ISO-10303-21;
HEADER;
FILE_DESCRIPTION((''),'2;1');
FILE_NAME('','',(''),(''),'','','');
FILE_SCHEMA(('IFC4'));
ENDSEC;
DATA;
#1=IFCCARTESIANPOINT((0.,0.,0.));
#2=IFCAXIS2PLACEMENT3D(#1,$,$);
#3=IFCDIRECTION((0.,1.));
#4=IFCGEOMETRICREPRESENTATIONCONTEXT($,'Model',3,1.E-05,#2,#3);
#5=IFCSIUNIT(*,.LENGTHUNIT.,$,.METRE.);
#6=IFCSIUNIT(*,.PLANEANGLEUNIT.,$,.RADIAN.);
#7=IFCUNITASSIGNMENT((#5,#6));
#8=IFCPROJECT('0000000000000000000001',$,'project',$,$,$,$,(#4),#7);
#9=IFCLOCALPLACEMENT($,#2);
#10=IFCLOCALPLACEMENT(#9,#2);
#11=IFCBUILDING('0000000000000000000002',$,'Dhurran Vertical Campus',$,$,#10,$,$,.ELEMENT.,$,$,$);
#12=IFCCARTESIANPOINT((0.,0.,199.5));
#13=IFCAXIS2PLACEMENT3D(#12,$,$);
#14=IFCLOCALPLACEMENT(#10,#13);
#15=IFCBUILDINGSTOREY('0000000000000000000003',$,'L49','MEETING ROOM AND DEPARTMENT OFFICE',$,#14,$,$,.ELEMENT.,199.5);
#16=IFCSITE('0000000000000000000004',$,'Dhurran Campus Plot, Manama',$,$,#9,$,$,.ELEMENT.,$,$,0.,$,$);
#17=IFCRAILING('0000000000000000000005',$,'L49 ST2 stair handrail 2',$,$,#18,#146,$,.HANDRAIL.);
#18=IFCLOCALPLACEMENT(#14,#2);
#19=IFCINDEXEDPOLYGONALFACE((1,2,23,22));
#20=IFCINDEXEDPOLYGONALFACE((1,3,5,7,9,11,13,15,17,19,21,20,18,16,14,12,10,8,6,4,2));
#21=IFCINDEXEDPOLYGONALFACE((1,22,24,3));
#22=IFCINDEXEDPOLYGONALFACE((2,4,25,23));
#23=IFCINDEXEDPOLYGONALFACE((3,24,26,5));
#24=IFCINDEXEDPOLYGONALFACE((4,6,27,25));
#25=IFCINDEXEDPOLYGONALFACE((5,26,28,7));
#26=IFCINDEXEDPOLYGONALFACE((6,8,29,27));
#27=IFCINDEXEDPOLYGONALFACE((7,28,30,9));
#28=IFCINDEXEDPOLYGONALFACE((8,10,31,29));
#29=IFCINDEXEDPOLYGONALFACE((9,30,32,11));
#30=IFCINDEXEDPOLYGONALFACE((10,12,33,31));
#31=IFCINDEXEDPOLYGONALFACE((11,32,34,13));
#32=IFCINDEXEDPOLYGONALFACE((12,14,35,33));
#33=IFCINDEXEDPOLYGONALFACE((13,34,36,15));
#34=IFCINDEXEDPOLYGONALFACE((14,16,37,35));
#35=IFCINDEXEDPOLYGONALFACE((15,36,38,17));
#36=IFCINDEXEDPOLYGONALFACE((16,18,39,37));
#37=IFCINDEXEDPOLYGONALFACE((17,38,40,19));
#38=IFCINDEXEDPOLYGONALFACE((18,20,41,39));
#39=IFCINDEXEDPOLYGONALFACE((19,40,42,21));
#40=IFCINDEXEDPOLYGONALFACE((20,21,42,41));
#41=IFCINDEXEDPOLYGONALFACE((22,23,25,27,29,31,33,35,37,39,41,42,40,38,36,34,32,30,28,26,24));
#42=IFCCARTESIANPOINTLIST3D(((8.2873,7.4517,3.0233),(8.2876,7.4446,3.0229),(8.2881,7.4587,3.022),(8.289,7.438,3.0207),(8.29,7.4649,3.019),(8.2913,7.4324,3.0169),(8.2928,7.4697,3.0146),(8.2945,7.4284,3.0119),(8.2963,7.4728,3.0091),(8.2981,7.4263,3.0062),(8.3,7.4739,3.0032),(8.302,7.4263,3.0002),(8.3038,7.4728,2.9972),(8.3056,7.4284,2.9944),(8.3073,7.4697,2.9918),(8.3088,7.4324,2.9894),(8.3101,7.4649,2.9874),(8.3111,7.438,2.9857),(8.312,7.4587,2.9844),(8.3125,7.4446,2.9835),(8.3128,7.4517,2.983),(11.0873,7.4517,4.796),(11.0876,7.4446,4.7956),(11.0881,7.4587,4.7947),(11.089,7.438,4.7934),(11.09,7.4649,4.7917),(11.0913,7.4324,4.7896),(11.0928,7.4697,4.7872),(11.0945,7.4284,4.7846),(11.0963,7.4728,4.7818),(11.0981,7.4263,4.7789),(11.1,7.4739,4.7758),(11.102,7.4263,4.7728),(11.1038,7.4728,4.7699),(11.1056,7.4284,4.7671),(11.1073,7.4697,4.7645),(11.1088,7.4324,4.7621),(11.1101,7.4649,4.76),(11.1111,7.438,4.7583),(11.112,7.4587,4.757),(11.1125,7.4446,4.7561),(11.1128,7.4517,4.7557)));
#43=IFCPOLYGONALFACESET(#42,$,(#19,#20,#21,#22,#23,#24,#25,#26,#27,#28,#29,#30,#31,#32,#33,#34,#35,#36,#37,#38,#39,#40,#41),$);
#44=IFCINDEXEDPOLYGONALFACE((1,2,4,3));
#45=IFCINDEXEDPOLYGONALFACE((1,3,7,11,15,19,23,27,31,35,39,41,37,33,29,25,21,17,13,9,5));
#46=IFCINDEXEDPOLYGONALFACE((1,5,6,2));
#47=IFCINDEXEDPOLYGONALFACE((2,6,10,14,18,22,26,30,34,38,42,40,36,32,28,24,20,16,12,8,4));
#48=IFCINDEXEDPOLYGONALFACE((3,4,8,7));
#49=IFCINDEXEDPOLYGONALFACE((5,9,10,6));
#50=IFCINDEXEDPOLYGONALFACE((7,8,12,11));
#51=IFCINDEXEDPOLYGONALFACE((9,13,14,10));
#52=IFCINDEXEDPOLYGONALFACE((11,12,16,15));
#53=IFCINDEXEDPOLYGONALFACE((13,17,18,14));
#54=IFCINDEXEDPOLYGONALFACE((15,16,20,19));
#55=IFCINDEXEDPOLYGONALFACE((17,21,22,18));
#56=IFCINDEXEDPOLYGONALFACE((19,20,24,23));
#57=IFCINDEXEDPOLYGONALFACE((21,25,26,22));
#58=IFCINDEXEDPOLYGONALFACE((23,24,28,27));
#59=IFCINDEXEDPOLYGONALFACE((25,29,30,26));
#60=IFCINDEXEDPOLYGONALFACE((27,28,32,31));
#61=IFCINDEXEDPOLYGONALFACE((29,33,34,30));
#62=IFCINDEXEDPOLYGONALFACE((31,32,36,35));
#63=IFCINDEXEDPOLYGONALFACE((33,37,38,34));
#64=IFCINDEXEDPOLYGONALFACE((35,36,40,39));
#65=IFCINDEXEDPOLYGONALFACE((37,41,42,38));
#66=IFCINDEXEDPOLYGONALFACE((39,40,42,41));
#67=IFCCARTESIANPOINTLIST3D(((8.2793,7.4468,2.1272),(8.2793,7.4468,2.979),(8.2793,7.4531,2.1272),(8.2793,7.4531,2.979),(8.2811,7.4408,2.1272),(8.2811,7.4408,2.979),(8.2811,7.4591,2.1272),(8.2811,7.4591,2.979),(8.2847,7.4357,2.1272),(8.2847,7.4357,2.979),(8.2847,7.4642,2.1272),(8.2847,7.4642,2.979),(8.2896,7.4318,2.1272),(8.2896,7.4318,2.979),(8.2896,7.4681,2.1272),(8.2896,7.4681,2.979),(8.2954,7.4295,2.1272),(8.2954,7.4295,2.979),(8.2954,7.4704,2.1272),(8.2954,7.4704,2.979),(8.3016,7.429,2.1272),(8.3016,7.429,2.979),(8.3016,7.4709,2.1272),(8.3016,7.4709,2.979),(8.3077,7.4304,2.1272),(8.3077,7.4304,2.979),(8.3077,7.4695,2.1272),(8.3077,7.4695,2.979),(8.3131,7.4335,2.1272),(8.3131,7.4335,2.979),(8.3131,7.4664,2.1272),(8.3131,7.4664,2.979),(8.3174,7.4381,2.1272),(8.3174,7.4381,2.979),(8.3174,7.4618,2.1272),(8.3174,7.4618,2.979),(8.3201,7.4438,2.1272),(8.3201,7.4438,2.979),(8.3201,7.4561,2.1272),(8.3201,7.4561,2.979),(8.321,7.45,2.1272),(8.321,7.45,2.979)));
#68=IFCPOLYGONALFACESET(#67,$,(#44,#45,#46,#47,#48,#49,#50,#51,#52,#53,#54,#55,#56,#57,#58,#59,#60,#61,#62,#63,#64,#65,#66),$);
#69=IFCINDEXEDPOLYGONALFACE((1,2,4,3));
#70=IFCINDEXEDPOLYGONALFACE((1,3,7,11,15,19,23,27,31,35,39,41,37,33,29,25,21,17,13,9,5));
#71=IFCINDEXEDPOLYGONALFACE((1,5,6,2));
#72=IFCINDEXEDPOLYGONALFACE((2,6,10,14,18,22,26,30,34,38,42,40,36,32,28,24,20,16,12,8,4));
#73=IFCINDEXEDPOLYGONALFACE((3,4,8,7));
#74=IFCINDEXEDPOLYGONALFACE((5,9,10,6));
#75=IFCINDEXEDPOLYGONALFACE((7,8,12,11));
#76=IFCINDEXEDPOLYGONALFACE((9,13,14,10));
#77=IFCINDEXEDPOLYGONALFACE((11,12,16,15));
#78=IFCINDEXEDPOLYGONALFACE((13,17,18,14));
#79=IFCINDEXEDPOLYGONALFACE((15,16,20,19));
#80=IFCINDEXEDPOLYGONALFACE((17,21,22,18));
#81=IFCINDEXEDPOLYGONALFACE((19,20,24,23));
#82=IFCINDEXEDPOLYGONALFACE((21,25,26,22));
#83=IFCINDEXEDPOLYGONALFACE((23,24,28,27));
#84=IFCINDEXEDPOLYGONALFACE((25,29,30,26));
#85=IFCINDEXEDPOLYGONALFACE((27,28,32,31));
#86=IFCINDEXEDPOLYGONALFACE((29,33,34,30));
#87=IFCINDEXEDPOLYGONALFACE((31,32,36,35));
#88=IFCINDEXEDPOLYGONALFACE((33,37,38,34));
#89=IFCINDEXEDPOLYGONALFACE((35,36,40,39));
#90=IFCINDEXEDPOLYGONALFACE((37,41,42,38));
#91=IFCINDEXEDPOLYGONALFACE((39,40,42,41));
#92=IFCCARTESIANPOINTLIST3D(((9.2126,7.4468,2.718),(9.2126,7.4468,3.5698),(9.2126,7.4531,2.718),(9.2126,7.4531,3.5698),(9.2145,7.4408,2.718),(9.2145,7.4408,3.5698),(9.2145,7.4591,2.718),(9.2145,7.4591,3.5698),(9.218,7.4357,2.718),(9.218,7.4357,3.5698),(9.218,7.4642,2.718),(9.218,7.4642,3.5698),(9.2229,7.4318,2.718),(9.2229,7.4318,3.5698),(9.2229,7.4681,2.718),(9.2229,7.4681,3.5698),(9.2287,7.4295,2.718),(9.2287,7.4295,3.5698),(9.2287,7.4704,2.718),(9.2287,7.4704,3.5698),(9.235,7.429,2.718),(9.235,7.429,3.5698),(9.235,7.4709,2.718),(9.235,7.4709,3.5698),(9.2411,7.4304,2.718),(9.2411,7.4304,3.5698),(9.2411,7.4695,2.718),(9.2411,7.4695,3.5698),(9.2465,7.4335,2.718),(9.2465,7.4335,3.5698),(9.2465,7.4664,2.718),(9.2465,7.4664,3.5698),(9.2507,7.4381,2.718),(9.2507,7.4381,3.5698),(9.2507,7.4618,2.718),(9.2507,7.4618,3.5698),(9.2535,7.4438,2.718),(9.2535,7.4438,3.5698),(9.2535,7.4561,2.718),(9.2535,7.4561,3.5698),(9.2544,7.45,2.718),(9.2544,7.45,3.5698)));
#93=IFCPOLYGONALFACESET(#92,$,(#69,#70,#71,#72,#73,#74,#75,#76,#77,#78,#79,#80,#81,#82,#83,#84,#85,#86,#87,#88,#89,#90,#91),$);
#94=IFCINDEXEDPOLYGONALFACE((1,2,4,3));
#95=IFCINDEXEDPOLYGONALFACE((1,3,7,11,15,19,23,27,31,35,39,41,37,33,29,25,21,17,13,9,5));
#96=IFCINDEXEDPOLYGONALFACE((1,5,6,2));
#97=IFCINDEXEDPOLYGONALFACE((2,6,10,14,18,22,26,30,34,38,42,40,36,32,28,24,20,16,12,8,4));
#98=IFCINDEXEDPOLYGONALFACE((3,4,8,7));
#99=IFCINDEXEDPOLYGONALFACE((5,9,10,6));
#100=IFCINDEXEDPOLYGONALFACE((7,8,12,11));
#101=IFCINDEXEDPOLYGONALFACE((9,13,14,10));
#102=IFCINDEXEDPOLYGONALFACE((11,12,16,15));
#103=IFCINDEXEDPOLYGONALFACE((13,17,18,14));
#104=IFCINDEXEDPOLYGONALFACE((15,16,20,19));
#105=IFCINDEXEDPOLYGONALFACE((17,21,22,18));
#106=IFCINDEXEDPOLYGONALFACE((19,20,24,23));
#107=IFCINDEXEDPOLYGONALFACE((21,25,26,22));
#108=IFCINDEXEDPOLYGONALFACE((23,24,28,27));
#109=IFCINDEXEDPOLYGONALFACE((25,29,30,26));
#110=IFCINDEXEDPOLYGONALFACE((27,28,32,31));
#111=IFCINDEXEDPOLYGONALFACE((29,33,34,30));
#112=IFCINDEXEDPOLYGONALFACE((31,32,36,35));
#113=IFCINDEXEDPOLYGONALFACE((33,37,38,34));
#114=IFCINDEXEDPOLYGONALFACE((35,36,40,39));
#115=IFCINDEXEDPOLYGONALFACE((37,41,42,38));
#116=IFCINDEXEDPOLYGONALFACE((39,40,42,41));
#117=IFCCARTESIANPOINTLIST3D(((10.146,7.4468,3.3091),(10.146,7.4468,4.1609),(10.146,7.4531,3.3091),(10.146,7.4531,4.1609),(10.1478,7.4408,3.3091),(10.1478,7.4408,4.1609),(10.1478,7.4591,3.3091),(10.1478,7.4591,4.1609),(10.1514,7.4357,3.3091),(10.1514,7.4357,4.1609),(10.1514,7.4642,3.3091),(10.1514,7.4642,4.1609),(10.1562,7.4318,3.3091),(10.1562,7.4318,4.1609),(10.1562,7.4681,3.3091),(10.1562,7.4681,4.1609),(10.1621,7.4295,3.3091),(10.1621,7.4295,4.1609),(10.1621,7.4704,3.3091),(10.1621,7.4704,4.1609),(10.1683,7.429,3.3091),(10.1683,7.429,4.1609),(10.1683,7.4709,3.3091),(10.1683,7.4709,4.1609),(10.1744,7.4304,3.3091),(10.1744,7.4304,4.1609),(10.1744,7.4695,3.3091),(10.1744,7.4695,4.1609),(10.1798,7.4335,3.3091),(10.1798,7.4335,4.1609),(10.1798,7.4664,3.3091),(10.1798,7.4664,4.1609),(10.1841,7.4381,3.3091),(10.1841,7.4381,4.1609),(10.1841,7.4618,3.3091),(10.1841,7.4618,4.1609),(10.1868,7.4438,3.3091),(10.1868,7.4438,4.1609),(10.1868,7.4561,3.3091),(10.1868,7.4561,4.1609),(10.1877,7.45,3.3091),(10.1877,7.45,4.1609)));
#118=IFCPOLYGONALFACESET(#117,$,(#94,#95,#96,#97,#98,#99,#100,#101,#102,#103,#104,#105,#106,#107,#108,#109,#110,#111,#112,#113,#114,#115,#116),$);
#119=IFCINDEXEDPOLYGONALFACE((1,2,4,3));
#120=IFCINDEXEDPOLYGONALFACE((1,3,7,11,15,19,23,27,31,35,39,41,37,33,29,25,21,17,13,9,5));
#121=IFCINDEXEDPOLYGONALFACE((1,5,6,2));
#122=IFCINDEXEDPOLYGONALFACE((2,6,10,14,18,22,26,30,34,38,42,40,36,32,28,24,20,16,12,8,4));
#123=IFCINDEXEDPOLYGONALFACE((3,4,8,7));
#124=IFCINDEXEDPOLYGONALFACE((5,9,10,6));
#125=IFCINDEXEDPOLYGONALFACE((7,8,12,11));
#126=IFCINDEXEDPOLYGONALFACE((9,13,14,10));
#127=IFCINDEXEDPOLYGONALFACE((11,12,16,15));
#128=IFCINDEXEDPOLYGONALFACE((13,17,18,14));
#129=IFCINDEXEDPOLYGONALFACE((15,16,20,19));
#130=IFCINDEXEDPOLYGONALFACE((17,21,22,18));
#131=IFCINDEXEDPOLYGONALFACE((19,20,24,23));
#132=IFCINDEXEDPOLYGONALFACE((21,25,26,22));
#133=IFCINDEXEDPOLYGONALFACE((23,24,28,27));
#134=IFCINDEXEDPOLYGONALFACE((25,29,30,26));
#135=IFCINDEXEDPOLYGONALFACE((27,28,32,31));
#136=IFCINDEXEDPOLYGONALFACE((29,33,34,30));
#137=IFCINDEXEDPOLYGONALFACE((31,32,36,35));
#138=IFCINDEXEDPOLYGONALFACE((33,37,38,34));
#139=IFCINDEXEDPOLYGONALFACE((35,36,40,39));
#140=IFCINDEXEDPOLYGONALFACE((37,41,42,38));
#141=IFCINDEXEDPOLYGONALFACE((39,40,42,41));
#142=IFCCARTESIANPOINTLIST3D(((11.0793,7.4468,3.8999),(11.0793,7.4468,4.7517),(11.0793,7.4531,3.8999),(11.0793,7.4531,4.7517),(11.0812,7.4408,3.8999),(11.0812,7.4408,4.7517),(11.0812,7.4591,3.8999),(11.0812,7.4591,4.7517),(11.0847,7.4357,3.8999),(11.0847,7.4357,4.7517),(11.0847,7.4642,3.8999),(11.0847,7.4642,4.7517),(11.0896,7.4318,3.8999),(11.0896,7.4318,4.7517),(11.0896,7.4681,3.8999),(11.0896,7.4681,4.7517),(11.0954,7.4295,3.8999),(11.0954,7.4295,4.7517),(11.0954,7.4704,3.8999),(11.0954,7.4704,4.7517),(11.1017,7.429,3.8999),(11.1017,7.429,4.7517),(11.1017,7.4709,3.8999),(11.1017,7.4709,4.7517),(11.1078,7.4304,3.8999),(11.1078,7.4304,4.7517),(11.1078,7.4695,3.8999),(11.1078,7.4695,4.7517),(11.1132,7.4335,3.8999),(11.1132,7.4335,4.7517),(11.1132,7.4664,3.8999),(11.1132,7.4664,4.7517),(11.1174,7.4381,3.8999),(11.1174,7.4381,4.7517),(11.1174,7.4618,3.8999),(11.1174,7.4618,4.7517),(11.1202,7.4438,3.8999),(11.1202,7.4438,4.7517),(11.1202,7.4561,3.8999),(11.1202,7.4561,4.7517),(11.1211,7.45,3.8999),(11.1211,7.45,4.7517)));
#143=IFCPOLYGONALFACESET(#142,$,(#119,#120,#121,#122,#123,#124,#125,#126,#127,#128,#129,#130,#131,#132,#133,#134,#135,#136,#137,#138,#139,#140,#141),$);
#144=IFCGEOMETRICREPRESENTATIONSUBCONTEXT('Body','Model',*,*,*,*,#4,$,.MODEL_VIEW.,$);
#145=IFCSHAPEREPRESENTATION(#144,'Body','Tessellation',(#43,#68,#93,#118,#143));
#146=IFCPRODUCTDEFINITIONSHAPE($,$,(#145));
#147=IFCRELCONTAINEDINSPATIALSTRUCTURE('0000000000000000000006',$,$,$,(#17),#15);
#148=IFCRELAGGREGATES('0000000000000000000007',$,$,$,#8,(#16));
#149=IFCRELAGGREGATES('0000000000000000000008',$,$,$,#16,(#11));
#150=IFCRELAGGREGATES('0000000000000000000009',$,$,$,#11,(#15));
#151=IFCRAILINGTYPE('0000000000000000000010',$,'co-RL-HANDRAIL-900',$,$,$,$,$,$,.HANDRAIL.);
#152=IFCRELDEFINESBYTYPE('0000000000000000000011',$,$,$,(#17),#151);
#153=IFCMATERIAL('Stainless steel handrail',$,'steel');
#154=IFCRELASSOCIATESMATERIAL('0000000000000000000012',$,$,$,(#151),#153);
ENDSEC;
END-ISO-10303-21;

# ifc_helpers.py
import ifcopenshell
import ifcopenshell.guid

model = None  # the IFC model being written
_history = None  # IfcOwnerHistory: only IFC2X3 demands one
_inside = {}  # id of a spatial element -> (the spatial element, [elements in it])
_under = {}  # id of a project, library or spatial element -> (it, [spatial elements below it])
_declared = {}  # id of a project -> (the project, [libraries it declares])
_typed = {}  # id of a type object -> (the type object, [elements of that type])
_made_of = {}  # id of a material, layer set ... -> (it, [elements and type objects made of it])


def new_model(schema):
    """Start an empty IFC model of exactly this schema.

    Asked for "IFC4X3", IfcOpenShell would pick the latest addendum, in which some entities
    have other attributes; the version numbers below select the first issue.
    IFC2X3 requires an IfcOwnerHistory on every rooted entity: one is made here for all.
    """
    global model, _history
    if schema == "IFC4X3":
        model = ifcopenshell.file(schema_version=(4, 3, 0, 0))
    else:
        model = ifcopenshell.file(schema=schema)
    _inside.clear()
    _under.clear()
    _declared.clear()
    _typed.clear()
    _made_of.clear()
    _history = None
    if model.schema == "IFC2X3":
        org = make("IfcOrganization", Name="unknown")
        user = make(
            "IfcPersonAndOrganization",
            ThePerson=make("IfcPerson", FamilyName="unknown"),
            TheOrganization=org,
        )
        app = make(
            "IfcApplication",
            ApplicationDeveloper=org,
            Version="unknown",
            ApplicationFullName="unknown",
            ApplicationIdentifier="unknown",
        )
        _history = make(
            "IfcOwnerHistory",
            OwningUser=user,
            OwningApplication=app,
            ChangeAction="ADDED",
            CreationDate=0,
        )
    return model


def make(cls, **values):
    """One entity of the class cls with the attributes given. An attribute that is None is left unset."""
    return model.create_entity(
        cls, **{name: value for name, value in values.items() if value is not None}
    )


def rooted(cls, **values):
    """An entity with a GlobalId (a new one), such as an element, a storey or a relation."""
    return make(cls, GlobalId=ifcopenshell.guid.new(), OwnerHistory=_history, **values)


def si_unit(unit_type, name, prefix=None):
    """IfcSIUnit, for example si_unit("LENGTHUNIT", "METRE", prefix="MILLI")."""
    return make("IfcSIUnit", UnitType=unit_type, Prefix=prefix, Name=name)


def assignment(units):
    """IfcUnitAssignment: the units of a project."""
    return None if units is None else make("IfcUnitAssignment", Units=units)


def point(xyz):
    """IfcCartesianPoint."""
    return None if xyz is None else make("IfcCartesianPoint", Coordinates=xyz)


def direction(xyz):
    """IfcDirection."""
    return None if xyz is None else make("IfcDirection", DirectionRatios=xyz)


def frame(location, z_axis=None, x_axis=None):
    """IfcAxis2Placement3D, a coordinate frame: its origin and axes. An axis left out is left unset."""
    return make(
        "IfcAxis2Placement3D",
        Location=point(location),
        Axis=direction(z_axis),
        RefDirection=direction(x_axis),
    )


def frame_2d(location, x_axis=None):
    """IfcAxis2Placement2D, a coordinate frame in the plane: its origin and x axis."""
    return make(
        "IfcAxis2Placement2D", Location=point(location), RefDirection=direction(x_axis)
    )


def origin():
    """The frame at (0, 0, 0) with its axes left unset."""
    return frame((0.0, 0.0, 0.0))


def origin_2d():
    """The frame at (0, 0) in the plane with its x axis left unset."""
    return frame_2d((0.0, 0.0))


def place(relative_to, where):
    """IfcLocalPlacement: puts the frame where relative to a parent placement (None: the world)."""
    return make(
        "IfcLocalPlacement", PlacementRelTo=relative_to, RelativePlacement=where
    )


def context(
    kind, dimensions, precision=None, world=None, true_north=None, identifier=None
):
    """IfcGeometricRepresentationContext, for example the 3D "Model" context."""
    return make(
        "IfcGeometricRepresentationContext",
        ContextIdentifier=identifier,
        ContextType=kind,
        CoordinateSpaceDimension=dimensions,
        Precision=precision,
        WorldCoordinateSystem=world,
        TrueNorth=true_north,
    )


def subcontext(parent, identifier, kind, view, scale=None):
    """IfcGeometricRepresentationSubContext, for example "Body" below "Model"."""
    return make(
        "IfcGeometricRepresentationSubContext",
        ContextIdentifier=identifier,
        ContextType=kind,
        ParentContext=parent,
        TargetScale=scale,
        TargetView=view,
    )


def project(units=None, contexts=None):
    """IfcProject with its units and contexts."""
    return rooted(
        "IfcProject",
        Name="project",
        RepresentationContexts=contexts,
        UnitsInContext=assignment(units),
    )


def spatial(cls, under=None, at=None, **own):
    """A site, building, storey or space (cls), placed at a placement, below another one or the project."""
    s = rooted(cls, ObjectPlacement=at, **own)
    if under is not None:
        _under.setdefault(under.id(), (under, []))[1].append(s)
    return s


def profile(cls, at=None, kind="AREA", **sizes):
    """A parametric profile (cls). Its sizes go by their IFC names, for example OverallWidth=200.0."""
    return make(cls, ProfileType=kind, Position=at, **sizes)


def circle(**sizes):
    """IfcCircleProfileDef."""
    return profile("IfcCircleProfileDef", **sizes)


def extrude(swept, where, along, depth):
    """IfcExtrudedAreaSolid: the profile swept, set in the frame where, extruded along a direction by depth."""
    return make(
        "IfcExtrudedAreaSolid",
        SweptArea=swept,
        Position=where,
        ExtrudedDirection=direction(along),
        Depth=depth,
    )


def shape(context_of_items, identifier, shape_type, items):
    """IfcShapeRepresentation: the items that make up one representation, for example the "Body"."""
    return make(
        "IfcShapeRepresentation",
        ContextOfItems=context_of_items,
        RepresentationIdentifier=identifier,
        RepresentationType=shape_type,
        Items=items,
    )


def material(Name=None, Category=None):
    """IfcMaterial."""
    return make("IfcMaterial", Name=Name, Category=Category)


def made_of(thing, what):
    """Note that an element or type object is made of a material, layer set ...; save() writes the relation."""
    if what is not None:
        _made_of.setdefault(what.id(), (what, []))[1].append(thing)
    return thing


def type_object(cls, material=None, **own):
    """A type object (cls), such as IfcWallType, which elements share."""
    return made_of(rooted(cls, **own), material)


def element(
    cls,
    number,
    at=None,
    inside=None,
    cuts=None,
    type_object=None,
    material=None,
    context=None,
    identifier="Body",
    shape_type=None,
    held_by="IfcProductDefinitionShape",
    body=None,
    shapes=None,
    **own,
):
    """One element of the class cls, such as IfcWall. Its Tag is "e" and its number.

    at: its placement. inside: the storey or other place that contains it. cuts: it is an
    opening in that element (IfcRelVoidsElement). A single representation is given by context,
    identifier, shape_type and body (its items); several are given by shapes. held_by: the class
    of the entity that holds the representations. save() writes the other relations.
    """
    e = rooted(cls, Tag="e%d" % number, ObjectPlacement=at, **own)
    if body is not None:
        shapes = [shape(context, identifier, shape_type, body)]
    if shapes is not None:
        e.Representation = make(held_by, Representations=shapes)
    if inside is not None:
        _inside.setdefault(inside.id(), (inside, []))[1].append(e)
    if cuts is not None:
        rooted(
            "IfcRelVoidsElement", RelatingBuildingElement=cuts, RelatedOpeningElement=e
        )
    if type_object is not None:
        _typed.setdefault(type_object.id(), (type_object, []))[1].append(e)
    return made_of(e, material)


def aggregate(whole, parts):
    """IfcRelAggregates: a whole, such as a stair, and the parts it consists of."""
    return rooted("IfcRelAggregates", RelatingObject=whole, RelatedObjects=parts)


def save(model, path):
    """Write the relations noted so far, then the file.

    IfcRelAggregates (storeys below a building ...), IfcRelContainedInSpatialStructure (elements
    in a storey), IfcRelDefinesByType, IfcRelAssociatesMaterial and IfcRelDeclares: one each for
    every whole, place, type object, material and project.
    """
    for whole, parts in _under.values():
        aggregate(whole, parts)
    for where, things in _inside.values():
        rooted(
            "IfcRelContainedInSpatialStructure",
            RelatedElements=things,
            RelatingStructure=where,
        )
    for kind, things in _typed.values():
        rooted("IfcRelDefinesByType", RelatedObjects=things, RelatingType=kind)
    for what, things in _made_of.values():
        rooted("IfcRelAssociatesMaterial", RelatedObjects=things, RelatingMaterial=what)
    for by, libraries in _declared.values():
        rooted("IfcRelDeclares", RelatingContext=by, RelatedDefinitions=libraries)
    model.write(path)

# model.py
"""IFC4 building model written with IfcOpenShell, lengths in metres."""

from ifc_helpers import new_model, si_unit, direction, frame, origin, origin_2d, place, context, subcontext, project, spatial, circle, extrude, material, type_object, element, save


model = new_model("IFC4")

# Units and contexts
model_context = context("Model", 3, precision=1e-05, world=origin(), true_north=direction((0.0, 1.0)))
body_context = subcontext(model_context, "Body", "Model", "MODEL_VIEW")
ifc_project = project(units=[si_unit("LENGTHUNIT", "METRE"), si_unit("PLANEANGLEUNIT", "RADIAN")], contexts=[model_context])

# Site, building, storey
site_placement = place(None, origin())
site = spatial("IfcSite", under=ifc_project, at=site_placement, Name="Dhurran Campus Plot, Manama", CompositionType="ELEMENT", RefElevation=0.0)
building_placement = place(site_placement, origin())
building = spatial("IfcBuilding", under=site, at=building_placement, Name="Dhurran Vertical Campus", CompositionType="ELEMENT")
storey_placement = place(building_placement, frame((0.0, 0.0, 199.5)))
storey = spatial("IfcBuildingStorey", under=building, at=storey_placement, Name="L49", Description="MEETING ROOM AND DEPARTMENT OFFICE", CompositionType="ELEMENT", Elevation=199.5)

# Railing
ifc_material_1 = material(Name="Stainless steel handrail", Category="steel")
railing_type_1 = type_object("IfcRailingType", Name="co-RL-HANDRAIL-900", PredefinedType="HANDRAIL", material=ifc_material_1)
railing_1_placement = place(storey_placement, frame((8.3, 7.45, 2.1272)))
element("IfcRailing", 1, at=railing_1_placement, inside=storey, type_object=railing_type_1, Name="L49 ST2 stair handrail 2", PredefinedType="HANDRAIL", context=body_context, shape_type="SweptSolid", body=[
    extrude(circle(Radius=0.0239, at=origin_2d()), frame((0.0, 0.0, 0.876), z_axis=(0.844909, 0.0, 0.53491), x_axis=(0.0, 1.0, 0.0)), (0.0, 0.0, 1.0), 3.314),
    extrude(circle(Radius=0.021, at=origin_2d()), origin(), (0.0, 0.0, 1.0), 0.8518),
    extrude(circle(Radius=0.021, at=origin_2d()), frame((0.9333, 0.0, 0.5908)), (0.0, 0.0, 1.0), 0.8518),
    extrude(circle(Radius=0.021, at=origin_2d()), frame((1.8667, 0.0, 1.1819)), (0.0, 0.0, 1.0), 0.8518),
    extrude(circle(Radius=0.021, at=origin_2d()), frame((2.8, 0.0, 1.7727)), (0.0, 0.0, 1.0), 0.8518),
])

save(model, "model.ifc")
